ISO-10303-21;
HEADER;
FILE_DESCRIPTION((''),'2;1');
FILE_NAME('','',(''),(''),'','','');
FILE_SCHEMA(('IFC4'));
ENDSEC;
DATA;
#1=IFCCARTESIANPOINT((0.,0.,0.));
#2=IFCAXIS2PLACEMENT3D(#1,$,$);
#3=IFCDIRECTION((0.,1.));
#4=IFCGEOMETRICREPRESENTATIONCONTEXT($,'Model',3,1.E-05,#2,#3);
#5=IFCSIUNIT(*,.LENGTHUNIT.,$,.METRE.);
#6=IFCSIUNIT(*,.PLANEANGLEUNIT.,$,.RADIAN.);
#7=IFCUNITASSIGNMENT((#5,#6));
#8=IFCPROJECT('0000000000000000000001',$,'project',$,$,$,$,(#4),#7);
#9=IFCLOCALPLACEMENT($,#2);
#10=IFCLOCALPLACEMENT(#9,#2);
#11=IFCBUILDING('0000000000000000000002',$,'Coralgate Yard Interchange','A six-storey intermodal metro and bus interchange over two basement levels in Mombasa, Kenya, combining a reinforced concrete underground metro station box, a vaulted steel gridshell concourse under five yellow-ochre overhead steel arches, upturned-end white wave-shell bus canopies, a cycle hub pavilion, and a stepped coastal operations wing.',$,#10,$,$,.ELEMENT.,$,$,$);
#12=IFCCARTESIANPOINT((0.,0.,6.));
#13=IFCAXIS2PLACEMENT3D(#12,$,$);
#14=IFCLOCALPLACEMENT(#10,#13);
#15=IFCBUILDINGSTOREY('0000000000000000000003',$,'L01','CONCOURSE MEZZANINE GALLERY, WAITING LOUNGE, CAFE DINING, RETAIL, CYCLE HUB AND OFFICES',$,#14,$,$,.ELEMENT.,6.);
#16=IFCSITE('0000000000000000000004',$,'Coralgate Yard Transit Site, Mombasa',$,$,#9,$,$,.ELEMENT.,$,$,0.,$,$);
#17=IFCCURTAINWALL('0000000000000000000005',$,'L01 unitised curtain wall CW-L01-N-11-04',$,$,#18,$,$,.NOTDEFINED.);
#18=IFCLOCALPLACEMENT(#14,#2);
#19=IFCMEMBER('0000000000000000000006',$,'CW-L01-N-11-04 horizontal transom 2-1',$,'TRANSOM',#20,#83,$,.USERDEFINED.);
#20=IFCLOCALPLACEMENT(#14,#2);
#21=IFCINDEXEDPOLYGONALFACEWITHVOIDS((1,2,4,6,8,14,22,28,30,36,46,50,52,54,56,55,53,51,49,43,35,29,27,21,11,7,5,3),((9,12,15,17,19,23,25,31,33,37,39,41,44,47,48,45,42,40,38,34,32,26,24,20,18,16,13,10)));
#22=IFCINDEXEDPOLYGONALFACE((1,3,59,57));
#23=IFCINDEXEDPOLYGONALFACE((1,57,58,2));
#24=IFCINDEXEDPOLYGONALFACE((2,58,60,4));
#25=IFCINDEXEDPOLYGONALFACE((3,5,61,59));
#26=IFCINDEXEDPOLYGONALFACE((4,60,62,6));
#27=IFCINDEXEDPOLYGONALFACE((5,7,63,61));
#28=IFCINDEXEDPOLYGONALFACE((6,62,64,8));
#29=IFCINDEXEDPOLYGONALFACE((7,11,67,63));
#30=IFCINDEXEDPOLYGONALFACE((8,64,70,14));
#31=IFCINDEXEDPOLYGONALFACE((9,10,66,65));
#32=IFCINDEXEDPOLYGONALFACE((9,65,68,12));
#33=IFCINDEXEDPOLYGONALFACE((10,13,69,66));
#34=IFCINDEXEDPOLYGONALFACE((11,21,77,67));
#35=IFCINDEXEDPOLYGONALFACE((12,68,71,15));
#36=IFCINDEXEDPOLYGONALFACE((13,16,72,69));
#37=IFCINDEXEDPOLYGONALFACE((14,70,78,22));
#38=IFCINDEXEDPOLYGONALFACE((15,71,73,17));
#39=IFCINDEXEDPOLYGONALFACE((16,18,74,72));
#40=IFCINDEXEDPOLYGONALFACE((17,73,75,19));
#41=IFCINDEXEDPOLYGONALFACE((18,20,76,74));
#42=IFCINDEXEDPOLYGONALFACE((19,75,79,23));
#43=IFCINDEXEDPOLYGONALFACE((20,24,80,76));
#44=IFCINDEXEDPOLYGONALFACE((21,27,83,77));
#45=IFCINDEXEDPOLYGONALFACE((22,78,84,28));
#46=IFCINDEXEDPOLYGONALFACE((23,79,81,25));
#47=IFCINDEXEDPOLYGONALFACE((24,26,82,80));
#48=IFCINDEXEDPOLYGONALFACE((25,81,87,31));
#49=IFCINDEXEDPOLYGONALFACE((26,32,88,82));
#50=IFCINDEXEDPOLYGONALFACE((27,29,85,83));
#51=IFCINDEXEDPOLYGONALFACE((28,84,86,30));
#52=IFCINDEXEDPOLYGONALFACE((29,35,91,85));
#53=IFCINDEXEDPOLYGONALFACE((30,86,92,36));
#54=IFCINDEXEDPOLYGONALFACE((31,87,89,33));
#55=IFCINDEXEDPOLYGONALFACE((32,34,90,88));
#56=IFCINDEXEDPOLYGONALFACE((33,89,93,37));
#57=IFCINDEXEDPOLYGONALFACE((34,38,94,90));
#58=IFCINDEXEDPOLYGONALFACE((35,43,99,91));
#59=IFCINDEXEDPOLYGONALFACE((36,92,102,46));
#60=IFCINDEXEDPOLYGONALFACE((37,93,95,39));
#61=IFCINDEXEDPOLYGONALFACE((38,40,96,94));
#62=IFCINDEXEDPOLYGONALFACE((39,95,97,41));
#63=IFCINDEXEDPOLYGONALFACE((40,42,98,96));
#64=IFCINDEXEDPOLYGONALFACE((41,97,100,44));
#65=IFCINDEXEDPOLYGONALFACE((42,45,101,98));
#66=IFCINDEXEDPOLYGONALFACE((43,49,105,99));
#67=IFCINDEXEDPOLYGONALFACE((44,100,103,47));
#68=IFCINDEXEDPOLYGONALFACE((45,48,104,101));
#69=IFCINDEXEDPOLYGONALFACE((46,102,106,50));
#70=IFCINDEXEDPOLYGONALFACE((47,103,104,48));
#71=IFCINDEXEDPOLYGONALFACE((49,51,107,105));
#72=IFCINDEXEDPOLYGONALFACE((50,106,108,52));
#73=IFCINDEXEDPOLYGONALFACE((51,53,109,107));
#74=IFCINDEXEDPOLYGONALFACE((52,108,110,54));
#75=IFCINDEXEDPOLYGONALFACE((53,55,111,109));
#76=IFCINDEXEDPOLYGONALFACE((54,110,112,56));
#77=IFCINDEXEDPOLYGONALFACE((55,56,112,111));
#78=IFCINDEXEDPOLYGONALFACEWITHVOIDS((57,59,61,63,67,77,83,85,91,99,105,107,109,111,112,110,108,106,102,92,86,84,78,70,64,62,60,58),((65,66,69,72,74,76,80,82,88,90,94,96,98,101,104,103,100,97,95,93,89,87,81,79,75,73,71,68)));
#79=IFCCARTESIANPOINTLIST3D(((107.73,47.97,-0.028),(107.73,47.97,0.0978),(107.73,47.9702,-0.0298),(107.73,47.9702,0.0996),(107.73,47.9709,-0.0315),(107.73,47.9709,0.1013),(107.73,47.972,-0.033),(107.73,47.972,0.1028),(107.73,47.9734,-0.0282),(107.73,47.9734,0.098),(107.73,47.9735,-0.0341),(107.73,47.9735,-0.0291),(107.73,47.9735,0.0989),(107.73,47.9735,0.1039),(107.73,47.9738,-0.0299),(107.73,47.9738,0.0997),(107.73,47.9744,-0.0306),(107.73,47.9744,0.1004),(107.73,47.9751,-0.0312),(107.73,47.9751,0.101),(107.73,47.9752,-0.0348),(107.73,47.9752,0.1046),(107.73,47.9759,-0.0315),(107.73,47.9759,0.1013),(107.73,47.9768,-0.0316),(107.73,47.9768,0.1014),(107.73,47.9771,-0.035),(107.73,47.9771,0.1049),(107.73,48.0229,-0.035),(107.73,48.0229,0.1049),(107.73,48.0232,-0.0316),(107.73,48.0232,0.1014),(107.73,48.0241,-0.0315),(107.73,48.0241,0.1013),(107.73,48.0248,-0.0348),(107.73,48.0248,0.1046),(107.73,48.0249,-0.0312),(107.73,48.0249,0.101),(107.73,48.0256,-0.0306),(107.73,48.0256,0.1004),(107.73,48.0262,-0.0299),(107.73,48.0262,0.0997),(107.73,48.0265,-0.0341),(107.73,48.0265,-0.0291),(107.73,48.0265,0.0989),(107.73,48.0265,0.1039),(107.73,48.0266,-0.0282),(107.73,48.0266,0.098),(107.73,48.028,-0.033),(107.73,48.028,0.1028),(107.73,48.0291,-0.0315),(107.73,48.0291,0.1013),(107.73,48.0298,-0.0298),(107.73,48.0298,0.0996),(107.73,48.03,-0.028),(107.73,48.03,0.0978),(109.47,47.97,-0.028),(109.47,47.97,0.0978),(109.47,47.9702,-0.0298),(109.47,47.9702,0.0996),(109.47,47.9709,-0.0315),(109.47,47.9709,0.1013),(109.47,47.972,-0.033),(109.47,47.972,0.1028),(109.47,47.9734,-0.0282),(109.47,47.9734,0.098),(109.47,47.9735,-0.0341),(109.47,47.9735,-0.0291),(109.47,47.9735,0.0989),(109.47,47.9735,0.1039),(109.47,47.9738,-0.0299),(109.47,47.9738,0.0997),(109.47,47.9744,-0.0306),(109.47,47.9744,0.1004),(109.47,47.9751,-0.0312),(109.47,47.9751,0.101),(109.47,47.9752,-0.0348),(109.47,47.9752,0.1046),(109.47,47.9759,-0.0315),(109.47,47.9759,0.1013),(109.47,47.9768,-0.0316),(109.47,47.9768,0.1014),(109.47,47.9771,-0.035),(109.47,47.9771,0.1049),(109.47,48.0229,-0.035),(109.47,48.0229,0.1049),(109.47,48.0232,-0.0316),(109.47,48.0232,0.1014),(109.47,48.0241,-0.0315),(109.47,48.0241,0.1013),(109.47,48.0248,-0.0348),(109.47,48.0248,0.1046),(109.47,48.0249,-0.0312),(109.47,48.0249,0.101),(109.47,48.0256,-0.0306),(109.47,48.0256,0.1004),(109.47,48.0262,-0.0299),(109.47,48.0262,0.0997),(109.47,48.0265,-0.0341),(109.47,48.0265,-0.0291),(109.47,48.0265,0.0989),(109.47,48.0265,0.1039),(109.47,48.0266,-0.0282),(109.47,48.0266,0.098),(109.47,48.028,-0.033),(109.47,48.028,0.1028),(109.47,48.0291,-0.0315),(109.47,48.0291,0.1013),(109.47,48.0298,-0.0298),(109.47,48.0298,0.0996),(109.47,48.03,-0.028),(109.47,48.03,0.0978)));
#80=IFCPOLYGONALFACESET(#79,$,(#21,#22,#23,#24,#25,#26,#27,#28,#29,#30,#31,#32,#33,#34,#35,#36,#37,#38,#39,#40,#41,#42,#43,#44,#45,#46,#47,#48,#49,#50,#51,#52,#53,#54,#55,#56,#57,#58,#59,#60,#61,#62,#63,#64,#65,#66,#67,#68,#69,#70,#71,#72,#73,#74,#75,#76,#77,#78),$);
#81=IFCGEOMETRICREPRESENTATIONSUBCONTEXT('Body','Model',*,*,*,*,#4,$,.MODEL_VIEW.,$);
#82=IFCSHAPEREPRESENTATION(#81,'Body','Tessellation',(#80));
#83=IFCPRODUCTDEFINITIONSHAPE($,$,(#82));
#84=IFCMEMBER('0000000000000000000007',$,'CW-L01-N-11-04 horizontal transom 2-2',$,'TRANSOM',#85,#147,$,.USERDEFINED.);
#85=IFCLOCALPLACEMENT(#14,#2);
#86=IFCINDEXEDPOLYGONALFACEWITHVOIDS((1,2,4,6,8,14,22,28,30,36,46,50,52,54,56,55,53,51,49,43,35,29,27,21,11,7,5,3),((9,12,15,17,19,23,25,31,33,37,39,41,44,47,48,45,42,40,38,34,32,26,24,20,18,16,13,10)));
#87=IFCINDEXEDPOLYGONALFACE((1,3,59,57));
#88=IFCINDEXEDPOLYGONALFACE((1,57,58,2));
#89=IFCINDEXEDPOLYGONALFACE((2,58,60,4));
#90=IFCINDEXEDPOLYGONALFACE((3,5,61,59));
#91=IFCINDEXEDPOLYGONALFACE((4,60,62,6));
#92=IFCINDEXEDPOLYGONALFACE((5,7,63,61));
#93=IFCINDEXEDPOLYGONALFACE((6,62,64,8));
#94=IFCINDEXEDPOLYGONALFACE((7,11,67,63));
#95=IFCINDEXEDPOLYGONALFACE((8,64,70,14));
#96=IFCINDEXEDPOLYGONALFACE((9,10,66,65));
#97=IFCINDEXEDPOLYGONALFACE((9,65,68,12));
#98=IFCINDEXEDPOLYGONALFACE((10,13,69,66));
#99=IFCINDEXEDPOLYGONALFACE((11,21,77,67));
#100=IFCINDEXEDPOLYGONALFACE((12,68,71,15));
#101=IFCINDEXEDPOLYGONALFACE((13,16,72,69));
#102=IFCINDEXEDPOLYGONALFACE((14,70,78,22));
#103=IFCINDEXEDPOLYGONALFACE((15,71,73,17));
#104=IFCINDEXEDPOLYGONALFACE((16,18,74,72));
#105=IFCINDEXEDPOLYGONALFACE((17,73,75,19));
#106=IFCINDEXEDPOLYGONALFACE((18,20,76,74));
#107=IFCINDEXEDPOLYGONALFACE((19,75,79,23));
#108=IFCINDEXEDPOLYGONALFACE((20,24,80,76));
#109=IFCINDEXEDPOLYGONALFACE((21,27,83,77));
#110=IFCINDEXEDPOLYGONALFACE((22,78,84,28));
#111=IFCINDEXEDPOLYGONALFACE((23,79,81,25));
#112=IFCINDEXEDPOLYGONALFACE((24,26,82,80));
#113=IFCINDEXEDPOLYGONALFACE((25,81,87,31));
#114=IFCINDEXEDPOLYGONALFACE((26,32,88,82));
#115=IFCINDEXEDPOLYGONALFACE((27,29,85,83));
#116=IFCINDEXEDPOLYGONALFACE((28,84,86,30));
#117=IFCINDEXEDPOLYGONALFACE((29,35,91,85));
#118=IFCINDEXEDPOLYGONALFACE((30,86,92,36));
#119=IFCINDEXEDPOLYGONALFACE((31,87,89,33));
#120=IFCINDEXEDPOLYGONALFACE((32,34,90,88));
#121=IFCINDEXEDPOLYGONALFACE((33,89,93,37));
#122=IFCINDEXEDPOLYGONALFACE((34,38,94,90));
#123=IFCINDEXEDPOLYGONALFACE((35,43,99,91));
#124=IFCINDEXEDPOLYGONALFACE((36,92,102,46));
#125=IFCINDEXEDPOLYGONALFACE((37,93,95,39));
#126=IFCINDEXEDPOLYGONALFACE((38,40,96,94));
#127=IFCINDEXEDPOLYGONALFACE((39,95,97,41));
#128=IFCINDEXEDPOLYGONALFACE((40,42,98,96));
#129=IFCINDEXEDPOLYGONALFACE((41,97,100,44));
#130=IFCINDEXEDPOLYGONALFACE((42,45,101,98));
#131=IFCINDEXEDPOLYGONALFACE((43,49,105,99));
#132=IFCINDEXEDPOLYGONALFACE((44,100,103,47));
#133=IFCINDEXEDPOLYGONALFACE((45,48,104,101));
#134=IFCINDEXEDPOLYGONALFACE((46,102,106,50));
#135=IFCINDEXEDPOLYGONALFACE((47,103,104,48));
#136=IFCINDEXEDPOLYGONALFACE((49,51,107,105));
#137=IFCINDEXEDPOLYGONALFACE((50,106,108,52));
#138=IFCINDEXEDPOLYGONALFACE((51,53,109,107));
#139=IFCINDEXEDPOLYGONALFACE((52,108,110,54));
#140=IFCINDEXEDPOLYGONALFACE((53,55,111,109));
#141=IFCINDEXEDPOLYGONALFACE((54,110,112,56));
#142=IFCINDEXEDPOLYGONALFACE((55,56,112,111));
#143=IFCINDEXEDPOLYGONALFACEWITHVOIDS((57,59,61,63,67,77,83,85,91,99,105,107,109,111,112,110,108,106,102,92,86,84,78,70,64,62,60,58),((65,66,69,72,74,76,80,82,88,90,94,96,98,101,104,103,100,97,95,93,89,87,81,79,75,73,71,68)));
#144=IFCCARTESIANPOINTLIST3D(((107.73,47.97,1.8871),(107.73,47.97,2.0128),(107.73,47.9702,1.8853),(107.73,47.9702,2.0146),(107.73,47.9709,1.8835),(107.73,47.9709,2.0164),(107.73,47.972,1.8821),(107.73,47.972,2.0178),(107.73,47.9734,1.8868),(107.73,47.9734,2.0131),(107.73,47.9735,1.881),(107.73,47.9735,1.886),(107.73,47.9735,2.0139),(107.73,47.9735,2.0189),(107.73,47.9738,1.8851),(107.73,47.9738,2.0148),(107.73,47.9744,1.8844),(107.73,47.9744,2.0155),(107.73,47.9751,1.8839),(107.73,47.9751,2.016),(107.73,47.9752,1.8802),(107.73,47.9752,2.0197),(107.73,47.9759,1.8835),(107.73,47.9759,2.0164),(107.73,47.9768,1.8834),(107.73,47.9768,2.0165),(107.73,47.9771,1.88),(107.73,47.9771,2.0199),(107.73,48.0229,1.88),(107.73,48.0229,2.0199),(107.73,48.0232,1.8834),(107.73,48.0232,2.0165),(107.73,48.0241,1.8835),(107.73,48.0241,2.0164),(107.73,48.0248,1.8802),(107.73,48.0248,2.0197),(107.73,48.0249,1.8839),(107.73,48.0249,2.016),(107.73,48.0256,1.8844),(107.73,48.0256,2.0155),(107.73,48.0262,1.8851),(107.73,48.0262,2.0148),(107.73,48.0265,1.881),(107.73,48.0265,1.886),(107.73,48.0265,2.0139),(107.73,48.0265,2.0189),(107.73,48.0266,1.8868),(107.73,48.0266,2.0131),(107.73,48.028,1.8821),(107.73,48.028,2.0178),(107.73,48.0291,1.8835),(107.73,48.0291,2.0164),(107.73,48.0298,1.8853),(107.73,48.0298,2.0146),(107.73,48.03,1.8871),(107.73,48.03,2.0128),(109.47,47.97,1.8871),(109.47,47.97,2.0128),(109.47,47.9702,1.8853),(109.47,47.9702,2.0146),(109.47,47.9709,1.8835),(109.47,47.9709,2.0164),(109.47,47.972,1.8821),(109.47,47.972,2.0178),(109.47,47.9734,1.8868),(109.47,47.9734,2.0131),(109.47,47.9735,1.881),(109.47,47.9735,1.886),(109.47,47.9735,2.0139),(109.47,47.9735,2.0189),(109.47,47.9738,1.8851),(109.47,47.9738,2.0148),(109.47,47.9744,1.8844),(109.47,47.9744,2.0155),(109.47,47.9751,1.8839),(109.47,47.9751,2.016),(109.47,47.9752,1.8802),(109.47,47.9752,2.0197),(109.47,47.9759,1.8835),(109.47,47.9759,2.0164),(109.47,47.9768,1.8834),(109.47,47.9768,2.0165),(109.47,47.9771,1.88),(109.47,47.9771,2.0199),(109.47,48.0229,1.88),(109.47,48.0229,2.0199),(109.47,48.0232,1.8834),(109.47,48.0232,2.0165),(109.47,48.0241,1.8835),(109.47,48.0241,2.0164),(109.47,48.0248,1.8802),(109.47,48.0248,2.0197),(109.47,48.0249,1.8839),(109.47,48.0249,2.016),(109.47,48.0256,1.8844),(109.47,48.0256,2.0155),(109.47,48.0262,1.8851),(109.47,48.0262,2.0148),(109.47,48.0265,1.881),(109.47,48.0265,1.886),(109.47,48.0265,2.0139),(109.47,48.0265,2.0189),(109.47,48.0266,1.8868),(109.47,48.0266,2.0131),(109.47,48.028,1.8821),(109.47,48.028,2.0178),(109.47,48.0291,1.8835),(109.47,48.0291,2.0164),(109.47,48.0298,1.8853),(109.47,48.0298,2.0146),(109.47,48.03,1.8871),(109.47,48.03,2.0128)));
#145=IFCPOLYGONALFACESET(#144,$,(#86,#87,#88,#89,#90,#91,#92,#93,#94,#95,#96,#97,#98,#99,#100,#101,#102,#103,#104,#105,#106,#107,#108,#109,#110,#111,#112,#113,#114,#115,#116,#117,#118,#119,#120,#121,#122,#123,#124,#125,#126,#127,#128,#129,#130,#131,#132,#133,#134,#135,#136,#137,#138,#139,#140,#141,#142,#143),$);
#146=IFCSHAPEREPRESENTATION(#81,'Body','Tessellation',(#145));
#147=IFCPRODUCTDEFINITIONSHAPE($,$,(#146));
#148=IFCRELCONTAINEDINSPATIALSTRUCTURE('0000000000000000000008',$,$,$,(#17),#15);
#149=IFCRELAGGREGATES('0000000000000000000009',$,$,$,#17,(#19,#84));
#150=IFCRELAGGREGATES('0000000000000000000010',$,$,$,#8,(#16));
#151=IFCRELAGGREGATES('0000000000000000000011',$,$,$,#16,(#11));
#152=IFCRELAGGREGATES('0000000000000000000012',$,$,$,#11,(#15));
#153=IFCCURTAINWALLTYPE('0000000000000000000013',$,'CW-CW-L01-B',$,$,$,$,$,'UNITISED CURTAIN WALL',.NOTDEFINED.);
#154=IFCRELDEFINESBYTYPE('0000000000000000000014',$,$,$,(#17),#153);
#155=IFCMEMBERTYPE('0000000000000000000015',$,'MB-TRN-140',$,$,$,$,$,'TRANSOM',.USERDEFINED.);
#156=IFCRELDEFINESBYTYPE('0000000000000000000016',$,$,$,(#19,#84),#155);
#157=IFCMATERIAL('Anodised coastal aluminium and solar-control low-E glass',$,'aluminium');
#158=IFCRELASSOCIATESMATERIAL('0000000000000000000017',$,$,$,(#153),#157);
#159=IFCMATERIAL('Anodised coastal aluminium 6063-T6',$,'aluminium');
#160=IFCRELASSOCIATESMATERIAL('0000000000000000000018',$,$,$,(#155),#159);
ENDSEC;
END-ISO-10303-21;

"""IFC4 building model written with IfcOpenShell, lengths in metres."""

from ifc_helpers import new_model, si_unit, direction, frame, origin, origin_2d, place, context, subcontext, project, spatial, hollow_rectangle, extrude, material, material_profile, profile_set, type_object, element, aggregate, save


model = new_model("IFC4")

# Units and contexts
model_context = context("Model", 3, precision=1e-05, world=origin(), true_north=direction((0.0, 1.0)))
body_context = subcontext(model_context, "Body", "Model", "MODEL_VIEW")
ifc_project = project(units=[si_unit("LENGTHUNIT", "METRE"), si_unit("PLANEANGLEUNIT", "RADIAN")], contexts=[model_context])

# Site, building, storey
site_placement = place(None, origin())
site = spatial("IfcSite", under=ifc_project, at=site_placement, Name="Coralgate Yard Transit Site, Mombasa", CompositionType="ELEMENT", RefElevation=0.0)
building_placement = place(site_placement, origin())
building = spatial("IfcBuilding", under=site, at=building_placement, Name="Coralgate Yard Interchange", Description="A six-storey intermodal metro and bus interchange over two basement levels in Mombasa, Kenya, combining a reinforced concrete underground metro station box, a vaulted steel gridshell concourse under five yellow-ochre overhead steel arches, upturned-end white wave-shell bus canopies, a cycle hub pavilion, and a stepped coastal operations wing.", CompositionType="ELEMENT")
storey_placement = place(building_placement, frame((0.0, 0.0, 6.0)))
storey = spatial("IfcBuildingStorey", under=building, at=storey_placement, Name="L01", Description="CONCOURSE MEZZANINE GALLERY, WAITING LOUNGE, CAFE DINING, RETAIL, CYCLE HUB AND OFFICES", CompositionType="ELEMENT", Elevation=6.0)

# Curtain wall
ifc_material_1 = material(Name="Anodised coastal aluminium and solar-control low-E glass", Category="aluminium")
curtain_wall_type = type_object("IfcCurtainWallType", Name="CW-CW-L01-B", ElementType="UNITISED CURTAIN WALL", PredefinedType="NOTDEFINED", material=ifc_material_1)
ifc_material_2 = material(Name="Anodised coastal aluminium 6063-T6", Category="aluminium")
curtain_wall_1_placement = place(storey_placement, origin())
curtain_wall_1 = element("IfcCurtainWall", 1, at=curtain_wall_1_placement, inside=storey, type_object=curtain_wall_type, Name="L01 unitised curtain wall CW-L01-N-11-04", PredefinedType="NOTDEFINED")

# Members
ifc_material_profile_1 = material_profile(ifc_material_2, hollow_rectangle(XDim=0.0601, YDim=0.1399, WallThickness=0.0034, InnerFilletRadius=0.0034, OuterFilletRadius=0.0071, at=origin_2d()), Name="ALU 60x140x3.5")
ifc_profile_set_1 = profile_set([ifc_material_profile_1], Name="Anodised coastal aluminium 6063-T6")
member_type_1 = type_object("IfcMemberType", Name="MB-TRN-140", ElementType="TRANSOM", PredefinedType="USERDEFINED", material=ifc_profile_set_1)
member_1_placement = place(storey_placement, frame((107.73, 48.0, 0.0349), z_axis=(1.0, 0.0, 0.0), x_axis=(0.0, 1.0, 0.0)))
member_1 = element("IfcMember", 2, at=member_1_placement, type_object=member_type_1, Name="CW-L01-N-11-04 horizontal transom 2-1", ObjectType="TRANSOM", PredefinedType="USERDEFINED", context=body_context, shape_type="SweptSolid", body=[
    extrude(hollow_rectangle(XDim=0.0601, YDim=0.1399, WallThickness=0.0034, InnerFilletRadius=0.0034, OuterFilletRadius=0.0071, at=origin_2d()), origin(), (0.0, 0.0, 1.0), 1.74),
])
member_2_placement = place(storey_placement, frame((107.73, 48.0, 1.95), z_axis=(1.0, 0.0, 0.0), x_axis=(0.0, 1.0, 0.0)))
member_2 = element("IfcMember", 3, at=member_2_placement, type_object=member_type_1, Name="CW-L01-N-11-04 horizontal transom 2-2", ObjectType="TRANSOM", PredefinedType="USERDEFINED", context=body_context, shape_type="SweptSolid", body=[
    extrude(hollow_rectangle(XDim=0.0601, YDim=0.1399, WallThickness=0.0034, InnerFilletRadius=0.0034, OuterFilletRadius=0.0071, at=origin_2d()), origin(), (0.0, 0.0, 1.0), 1.74),
])

aggregate(curtain_wall_1, [member_1, member_2])

save(model, "model.ifc")
